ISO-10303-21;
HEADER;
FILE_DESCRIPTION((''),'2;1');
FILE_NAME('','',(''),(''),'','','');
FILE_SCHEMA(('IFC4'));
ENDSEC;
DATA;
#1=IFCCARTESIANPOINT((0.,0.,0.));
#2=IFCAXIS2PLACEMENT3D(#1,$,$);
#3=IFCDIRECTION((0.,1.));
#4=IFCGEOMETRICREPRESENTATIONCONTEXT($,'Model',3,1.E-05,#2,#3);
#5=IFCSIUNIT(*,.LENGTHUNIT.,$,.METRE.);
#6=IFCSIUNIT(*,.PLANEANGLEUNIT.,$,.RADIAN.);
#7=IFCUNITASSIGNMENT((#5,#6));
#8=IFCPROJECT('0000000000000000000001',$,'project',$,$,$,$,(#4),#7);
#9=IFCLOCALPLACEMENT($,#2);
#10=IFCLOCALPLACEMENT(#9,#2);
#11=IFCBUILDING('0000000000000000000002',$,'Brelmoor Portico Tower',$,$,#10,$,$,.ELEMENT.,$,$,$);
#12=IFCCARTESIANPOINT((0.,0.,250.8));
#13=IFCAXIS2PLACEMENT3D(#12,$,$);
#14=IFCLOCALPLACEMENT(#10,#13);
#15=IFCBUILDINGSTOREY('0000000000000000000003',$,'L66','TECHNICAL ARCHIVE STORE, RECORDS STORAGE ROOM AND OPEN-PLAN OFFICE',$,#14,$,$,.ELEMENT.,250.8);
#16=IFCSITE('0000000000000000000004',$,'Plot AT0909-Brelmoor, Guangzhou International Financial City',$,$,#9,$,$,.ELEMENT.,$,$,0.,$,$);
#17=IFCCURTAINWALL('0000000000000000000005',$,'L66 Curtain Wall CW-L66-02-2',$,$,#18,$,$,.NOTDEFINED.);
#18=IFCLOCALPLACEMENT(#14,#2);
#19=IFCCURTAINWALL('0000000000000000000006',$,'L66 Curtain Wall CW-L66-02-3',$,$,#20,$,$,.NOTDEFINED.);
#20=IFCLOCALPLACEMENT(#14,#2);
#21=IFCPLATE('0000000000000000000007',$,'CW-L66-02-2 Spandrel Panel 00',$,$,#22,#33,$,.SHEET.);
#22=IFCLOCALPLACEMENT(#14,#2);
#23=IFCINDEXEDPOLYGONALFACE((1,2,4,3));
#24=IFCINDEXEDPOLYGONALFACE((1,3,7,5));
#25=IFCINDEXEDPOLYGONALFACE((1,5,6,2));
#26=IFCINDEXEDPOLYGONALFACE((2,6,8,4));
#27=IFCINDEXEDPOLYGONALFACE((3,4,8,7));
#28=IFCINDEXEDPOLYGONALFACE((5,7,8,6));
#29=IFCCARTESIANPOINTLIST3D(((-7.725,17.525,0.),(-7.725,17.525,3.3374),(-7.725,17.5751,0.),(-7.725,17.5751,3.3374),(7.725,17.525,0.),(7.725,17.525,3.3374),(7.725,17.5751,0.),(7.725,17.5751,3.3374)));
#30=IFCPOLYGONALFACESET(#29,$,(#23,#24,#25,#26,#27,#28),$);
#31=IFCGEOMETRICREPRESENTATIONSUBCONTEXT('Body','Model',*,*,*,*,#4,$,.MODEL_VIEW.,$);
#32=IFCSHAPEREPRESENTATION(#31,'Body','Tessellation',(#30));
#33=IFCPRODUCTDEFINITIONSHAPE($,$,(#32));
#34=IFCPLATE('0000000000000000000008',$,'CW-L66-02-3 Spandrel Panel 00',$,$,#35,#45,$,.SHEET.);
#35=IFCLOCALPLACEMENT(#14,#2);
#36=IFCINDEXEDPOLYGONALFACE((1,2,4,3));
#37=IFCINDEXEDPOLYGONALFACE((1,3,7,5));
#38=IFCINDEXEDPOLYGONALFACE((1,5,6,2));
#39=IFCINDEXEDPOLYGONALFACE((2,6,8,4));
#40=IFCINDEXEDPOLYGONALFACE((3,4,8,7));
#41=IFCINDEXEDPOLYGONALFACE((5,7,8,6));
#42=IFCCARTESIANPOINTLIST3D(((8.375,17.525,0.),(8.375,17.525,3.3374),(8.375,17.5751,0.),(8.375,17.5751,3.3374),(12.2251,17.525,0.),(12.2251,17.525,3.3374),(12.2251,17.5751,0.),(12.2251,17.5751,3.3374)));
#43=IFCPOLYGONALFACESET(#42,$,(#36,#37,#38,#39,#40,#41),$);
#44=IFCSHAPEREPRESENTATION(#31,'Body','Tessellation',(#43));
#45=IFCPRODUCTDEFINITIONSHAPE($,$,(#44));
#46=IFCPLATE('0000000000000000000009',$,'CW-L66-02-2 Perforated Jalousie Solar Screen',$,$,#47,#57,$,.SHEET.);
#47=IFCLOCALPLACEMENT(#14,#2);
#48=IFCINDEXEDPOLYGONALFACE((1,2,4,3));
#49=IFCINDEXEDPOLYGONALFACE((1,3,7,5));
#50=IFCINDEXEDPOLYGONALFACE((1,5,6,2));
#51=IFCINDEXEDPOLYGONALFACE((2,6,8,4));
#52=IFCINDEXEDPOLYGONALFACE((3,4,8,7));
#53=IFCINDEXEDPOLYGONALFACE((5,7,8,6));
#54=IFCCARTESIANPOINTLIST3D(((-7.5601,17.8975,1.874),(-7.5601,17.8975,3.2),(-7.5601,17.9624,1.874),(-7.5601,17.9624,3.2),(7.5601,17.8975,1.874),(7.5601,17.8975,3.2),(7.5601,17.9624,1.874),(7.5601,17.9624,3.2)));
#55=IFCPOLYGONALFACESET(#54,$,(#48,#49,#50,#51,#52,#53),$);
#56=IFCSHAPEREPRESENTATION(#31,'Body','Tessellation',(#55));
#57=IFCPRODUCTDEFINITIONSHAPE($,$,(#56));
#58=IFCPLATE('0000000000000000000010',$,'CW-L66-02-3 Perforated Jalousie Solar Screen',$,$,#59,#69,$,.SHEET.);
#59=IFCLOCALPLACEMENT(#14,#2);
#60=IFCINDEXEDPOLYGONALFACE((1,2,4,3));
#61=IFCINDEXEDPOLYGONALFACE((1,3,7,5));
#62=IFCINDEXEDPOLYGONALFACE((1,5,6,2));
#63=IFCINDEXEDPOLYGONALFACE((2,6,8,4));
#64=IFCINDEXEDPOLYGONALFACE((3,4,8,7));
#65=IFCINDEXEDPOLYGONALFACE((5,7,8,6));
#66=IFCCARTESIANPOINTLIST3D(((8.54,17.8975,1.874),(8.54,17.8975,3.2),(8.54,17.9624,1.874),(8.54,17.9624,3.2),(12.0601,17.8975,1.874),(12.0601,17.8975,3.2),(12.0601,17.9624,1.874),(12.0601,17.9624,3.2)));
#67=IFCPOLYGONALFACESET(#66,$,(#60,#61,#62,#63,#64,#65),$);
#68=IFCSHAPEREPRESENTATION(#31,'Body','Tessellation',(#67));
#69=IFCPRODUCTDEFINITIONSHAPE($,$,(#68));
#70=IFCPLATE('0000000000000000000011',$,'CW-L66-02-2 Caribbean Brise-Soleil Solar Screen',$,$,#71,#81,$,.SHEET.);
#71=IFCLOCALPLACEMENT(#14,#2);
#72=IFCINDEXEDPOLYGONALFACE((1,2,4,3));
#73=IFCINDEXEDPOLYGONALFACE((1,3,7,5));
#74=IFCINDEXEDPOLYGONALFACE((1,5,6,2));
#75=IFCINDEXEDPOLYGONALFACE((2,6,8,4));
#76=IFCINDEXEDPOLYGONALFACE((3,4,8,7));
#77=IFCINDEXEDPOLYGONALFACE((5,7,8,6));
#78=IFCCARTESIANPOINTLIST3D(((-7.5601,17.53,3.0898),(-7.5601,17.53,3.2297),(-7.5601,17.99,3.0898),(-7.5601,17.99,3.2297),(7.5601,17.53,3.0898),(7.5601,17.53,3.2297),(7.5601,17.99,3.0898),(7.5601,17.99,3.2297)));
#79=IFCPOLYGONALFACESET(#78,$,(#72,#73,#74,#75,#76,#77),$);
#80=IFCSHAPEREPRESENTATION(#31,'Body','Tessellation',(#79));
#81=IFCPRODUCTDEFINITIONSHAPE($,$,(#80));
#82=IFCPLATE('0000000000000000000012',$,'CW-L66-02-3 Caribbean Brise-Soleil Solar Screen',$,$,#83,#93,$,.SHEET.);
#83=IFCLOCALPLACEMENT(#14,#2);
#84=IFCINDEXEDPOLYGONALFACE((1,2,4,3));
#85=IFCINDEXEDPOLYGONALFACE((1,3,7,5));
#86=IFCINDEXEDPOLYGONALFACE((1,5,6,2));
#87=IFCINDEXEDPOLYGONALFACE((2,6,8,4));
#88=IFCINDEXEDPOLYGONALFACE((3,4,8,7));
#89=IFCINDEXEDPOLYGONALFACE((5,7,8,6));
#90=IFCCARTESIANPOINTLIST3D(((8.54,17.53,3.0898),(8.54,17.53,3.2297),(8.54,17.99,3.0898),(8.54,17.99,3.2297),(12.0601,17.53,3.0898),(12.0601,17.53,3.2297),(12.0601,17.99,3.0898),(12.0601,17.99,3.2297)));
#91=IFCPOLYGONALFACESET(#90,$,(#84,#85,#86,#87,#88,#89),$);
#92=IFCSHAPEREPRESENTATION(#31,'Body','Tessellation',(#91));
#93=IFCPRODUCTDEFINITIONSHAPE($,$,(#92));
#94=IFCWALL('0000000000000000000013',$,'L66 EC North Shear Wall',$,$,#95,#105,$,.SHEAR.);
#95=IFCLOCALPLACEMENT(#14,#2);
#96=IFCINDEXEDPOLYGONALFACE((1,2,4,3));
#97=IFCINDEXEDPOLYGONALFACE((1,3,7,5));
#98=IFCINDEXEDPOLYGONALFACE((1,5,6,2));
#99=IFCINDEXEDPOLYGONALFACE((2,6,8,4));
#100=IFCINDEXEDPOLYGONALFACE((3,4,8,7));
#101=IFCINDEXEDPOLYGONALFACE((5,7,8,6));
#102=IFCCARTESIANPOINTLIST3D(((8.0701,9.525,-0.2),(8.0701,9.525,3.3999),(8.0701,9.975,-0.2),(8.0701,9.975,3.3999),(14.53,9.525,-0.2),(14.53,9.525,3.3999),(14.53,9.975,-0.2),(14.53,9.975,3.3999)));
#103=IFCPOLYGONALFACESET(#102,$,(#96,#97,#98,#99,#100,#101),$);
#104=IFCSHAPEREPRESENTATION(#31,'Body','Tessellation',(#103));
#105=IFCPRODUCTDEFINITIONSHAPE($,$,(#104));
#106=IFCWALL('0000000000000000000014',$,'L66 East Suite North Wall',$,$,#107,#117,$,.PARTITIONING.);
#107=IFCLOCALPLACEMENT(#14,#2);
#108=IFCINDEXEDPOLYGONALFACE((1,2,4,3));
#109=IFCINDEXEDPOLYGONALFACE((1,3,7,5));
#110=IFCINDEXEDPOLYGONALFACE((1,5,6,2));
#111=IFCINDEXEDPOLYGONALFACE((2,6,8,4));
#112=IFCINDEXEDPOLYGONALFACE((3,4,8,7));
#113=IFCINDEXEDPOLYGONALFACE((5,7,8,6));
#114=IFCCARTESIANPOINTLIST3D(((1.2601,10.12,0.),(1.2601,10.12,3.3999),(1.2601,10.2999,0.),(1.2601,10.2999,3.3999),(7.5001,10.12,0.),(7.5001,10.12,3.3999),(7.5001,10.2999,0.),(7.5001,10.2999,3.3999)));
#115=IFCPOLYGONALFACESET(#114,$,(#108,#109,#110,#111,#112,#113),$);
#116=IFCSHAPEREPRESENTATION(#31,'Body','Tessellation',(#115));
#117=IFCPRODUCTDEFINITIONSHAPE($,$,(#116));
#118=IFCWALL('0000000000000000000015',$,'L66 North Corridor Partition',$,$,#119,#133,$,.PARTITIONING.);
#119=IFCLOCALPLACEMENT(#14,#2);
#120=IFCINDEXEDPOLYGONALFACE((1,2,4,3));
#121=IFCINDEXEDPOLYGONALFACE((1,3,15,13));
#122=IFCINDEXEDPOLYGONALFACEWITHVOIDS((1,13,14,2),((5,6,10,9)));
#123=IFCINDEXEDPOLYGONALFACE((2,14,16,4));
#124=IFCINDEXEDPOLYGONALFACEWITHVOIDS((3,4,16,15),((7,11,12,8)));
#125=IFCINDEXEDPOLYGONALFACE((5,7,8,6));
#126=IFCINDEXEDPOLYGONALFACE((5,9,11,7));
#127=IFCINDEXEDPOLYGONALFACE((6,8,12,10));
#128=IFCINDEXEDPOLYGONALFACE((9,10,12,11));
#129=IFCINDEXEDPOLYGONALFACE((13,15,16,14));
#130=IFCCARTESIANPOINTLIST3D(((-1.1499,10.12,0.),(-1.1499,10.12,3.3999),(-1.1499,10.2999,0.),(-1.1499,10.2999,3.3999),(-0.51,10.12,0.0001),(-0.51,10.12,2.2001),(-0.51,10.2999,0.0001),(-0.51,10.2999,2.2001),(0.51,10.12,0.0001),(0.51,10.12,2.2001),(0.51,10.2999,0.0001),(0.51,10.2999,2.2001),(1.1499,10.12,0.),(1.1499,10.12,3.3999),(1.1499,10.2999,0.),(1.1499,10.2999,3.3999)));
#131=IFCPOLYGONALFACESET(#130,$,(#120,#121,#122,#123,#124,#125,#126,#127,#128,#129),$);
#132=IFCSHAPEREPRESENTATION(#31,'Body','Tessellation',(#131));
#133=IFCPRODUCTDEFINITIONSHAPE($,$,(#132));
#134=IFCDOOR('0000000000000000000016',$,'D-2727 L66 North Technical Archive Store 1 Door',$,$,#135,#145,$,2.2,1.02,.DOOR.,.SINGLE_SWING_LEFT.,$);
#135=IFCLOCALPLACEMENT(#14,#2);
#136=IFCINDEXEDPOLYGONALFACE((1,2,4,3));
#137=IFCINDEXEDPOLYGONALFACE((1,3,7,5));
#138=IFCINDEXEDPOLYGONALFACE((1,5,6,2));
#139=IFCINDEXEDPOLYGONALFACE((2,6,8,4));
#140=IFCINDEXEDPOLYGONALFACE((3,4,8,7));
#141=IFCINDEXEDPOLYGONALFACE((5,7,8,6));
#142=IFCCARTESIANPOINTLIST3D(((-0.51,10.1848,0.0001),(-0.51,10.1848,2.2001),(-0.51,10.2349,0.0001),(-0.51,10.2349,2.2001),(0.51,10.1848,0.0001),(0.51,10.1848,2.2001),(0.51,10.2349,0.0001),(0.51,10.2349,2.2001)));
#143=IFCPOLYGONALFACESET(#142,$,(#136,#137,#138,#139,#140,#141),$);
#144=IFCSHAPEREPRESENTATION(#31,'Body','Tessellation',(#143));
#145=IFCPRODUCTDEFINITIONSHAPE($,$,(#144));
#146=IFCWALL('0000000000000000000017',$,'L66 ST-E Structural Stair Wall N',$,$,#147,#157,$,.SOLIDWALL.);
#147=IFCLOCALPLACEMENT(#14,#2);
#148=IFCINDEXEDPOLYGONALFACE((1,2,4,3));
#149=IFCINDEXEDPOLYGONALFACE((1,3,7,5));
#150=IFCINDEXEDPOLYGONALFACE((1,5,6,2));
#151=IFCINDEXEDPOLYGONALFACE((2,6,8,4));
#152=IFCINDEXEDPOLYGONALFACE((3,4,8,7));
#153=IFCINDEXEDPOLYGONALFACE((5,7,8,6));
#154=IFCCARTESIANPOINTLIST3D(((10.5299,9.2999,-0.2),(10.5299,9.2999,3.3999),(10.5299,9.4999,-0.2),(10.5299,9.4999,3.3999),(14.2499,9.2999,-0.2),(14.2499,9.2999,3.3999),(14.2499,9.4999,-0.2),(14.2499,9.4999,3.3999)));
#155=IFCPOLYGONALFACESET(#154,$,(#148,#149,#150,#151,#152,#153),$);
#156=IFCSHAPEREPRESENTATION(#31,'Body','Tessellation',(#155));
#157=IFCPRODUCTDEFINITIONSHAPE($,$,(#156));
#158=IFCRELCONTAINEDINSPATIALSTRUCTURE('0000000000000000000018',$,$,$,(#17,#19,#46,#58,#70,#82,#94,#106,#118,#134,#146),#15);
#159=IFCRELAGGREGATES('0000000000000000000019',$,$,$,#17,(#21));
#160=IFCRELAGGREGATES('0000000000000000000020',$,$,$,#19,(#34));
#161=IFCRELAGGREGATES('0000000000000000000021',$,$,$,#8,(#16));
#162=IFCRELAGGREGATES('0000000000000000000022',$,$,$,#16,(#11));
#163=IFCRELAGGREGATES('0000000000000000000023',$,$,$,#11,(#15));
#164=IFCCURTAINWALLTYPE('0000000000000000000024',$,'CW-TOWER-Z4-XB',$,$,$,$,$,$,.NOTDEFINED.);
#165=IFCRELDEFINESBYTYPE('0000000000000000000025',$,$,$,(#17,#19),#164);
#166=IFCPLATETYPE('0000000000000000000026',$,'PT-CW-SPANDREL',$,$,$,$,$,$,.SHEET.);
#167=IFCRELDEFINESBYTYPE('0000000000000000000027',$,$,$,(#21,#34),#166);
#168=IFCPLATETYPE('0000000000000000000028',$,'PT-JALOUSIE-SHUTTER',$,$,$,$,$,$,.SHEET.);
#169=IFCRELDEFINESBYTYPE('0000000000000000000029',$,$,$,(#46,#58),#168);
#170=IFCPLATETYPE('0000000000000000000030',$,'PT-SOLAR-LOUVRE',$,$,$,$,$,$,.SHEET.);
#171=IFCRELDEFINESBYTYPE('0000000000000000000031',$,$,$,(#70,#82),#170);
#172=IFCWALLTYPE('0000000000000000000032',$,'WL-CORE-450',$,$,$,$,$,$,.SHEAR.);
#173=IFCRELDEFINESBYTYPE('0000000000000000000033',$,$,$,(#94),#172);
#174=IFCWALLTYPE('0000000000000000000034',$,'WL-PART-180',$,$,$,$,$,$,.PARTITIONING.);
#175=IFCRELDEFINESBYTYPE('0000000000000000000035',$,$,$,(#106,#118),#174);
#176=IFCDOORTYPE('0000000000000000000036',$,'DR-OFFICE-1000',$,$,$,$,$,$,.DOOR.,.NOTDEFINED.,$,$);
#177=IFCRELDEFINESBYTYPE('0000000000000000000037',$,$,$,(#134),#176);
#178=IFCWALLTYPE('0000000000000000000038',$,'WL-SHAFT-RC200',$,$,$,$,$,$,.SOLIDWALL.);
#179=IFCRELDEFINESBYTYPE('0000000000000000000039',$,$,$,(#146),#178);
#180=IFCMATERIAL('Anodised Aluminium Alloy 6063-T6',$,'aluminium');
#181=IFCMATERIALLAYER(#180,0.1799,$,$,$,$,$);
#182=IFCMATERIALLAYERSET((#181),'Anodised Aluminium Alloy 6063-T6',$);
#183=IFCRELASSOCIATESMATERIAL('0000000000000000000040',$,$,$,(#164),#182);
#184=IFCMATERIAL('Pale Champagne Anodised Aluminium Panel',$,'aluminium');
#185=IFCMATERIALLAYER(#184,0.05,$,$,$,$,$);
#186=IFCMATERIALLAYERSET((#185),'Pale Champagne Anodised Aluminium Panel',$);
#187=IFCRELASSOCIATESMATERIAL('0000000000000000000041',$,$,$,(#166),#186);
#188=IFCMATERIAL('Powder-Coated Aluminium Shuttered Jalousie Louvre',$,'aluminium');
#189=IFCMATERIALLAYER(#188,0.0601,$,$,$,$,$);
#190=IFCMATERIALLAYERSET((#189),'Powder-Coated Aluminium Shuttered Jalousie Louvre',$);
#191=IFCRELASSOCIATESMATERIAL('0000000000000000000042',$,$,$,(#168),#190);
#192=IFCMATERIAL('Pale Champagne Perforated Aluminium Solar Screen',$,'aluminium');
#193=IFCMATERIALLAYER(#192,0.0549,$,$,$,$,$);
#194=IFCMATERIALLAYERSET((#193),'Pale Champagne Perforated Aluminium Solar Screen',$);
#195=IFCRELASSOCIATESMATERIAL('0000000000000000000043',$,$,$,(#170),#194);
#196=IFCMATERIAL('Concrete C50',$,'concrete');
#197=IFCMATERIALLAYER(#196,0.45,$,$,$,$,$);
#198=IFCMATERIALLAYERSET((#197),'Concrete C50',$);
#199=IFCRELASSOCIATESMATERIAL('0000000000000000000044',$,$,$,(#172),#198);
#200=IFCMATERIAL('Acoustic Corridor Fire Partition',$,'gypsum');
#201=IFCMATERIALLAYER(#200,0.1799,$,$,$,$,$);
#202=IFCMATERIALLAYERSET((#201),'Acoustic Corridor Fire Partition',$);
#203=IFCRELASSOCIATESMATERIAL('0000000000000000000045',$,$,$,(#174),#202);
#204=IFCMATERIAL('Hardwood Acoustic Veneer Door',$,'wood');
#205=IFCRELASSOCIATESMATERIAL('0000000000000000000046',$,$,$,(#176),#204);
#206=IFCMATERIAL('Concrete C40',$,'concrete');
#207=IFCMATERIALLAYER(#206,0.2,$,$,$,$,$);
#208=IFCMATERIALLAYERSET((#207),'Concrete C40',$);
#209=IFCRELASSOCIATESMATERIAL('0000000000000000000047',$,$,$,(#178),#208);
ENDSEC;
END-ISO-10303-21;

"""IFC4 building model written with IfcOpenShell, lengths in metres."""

from ifc_helpers import new_model, si_unit, direction, frame, frame_2d, origin, origin_2d, place, context, subcontext, project, spatial, rectangle, extrude, material, layer, layer_set, type_object, element, fill, aggregate, save


model = new_model("IFC4")

# Units and contexts
model_context = context("Model", 3, precision=1e-05, world=origin(), true_north=direction((0.0, 1.0)))
body_context = subcontext(model_context, "Body", "Model", "MODEL_VIEW")
ifc_project = project(units=[si_unit("LENGTHUNIT", "METRE"), si_unit("PLANEANGLEUNIT", "RADIAN")], contexts=[model_context])

# Site, building, storey
site_placement = place(None, origin())
site = spatial("IfcSite", under=ifc_project, at=site_placement, Name="Plot AT0909-Brelmoor, Guangzhou International Financial City", CompositionType="ELEMENT", RefElevation=0.0)
building_placement = place(site_placement, origin())
building = spatial("IfcBuilding", under=site, at=building_placement, Name="Brelmoor Portico Tower", CompositionType="ELEMENT")
storey_placement = place(building_placement, frame((0.0, 0.0, 250.8)))
storey = spatial("IfcBuildingStorey", under=building, at=storey_placement, Name="L66", Description="TECHNICAL ARCHIVE STORE, RECORDS STORAGE ROOM AND OPEN-PLAN OFFICE", CompositionType="ELEMENT", Elevation=250.8)

# Curtain wall
ifc_material_1 = material(Name="Anodised Aluminium Alloy 6063-T6", Category="aluminium")
ifc_layer_1 = layer(ifc_material_1, 0.1799)
ifc_layer_set_1 = layer_set([ifc_layer_1], Name="Anodised Aluminium Alloy 6063-T6")
curtain_wall_type = type_object("IfcCurtainWallType", Name="CW-TOWER-Z4-XB", PredefinedType="NOTDEFINED", material=ifc_layer_set_1)
curtain_wall_1_placement = place(storey_placement, origin())
curtain_wall_1 = element("IfcCurtainWall", 1, at=curtain_wall_1_placement, inside=storey, type_object=curtain_wall_type, Name="L66 Curtain Wall CW-L66-02-2", PredefinedType="NOTDEFINED")

# Curtain wall
curtain_wall_2_placement = place(storey_placement, origin())
curtain_wall_2 = element("IfcCurtainWall", 2, at=curtain_wall_2_placement, inside=storey, type_object=curtain_wall_type, Name="L66 Curtain Wall CW-L66-02-3", PredefinedType="NOTDEFINED")

# Plates
ifc_material_2 = material(Name="Pale Champagne Anodised Aluminium Panel", Category="aluminium")
ifc_layer_2 = layer(ifc_material_2, 0.05)
ifc_layer_set_2 = layer_set([ifc_layer_2], Name="Pale Champagne Anodised Aluminium Panel")
plate_type_1 = type_object("IfcPlateType", Name="PT-CW-SPANDREL", PredefinedType="SHEET", material=ifc_layer_set_2)
plate_1_placement = place(storey_placement, frame((0.0, 17.55, 0.0), z_axis=(0.0, 0.0, 1.0), x_axis=(1.0, 0.0, 0.0)))
plate_1 = element("IfcPlate", 3, at=plate_1_placement, type_object=plate_type_1, Name="CW-L66-02-2 Spandrel Panel 00", PredefinedType="SHEET", context=body_context, shape_type="SweptSolid", body=[
    extrude(rectangle(XDim=15.45, YDim=0.05, at=origin_2d()), origin(), (0.0, 0.0, 1.0), 3.3374),
])
aggregate(curtain_wall_1, [plate_1])
plate_2_placement = place(storey_placement, frame((10.3, 17.55, 0.0), z_axis=(0.0, 0.0, 1.0), x_axis=(1.0, 0.0, 0.0)))
plate_2 = element("IfcPlate", 4, at=plate_2_placement, type_object=plate_type_1, Name="CW-L66-02-3 Spandrel Panel 00", PredefinedType="SHEET", context=body_context, shape_type="SweptSolid", body=[
    extrude(rectangle(XDim=3.8501, YDim=0.05, at=origin_2d()), origin(), (0.0, 0.0, 1.0), 3.3374),
])
aggregate(curtain_wall_2, [plate_2])

# Plates
ifc_material_3 = material(Name="Powder-Coated Aluminium Shuttered Jalousie Louvre", Category="aluminium")
ifc_layer_3 = layer(ifc_material_3, 0.0601)
ifc_layer_set_3 = layer_set([ifc_layer_3], Name="Powder-Coated Aluminium Shuttered Jalousie Louvre")
plate_type_2 = type_object("IfcPlateType", Name="PT-JALOUSIE-SHUTTER", PredefinedType="SHEET", material=ifc_layer_set_3)
plate_3_placement = place(storey_placement, frame((0.0, 17.9299, 1.874), z_axis=(0.0, 0.0, 1.0), x_axis=(1.0, 0.0, 0.0)))
element("IfcPlate", 5, at=plate_3_placement, inside=storey, type_object=plate_type_2, Name="CW-L66-02-2 Perforated Jalousie Solar Screen", PredefinedType="SHEET", context=body_context, shape_type="SweptSolid", body=[
    extrude(rectangle(XDim=15.1201, YDim=0.0649, at=origin_2d()), origin(), (0.0, 0.0, 1.0), 1.3259),
])
plate_4_placement = place(storey_placement, frame((10.3, 17.9299, 1.874), z_axis=(0.0, 0.0, 1.0), x_axis=(1.0, 0.0, 0.0)))
element("IfcPlate", 6, at=plate_4_placement, inside=storey, type_object=plate_type_2, Name="CW-L66-02-3 Perforated Jalousie Solar Screen", PredefinedType="SHEET", context=body_context, shape_type="SweptSolid", body=[
    extrude(rectangle(XDim=3.52, YDim=0.0649, at=origin_2d()), origin(), (0.0, 0.0, 1.0), 1.3259),
])
ifc_material_4 = material(Name="Pale Champagne Perforated Aluminium Solar Screen", Category="aluminium")
ifc_layer_4 = layer(ifc_material_4, 0.0549)
ifc_layer_set_4 = layer_set([ifc_layer_4], Name="Pale Champagne Perforated Aluminium Solar Screen")
plate_type_3 = type_object("IfcPlateType", Name="PT-SOLAR-LOUVRE", PredefinedType="SHEET", material=ifc_layer_set_4)
plate_5_placement = place(storey_placement, frame((0.0, 17.76, 3.0898), z_axis=(0.0, 0.0, 1.0), x_axis=(1.0, 0.0, 0.0)))
element("IfcPlate", 7, at=plate_5_placement, inside=storey, type_object=plate_type_3, Name="CW-L66-02-2 Caribbean Brise-Soleil Solar Screen", PredefinedType="SHEET", context=body_context, shape_type="SweptSolid", body=[
    extrude(rectangle(XDim=15.1201, YDim=0.46, at=origin_2d()), origin(), (0.0, 0.0, 1.0), 0.1399),
])
plate_6_placement = place(storey_placement, frame((10.3, 17.76, 3.0898), z_axis=(0.0, 0.0, 1.0), x_axis=(1.0, 0.0, 0.0)))
element("IfcPlate", 8, at=plate_6_placement, inside=storey, type_object=plate_type_3, Name="CW-L66-02-3 Caribbean Brise-Soleil Solar Screen", PredefinedType="SHEET", context=body_context, shape_type="SweptSolid", body=[
    extrude(rectangle(XDim=3.52, YDim=0.46, at=origin_2d()), origin(), (0.0, 0.0, 1.0), 0.1399),
])

# Walls
ifc_material_5 = material(Name="Concrete C50", Category="concrete")
ifc_layer_5 = layer(ifc_material_5, 0.45)
ifc_layer_set_5 = layer_set([ifc_layer_5], Name="Concrete C50")
wall_type_1 = type_object("IfcWallType", Name="WL-CORE-450", PredefinedType="SHEAR", material=ifc_layer_set_5)
wall_1_placement = place(storey_placement, frame((8.0701, 9.75, -0.2), z_axis=(0.0, 0.0, 1.0), x_axis=(1.0, 0.0, 0.0)))
element("IfcWall", 9, at=wall_1_placement, inside=storey, type_object=wall_type_1, Name="L66 EC North Shear Wall", PredefinedType="SHEAR", context=body_context, shape_type="SweptSolid", body=[
    extrude(rectangle(XDim=6.46, YDim=0.45, at=frame_2d((3.23, 0.0))), origin(), (0.0, 0.0, 1.0), 3.5999),
])
ifc_material_6 = material(Name="Acoustic Corridor Fire Partition", Category="gypsum")
ifc_layer_6 = layer(ifc_material_6, 0.1799)
ifc_layer_set_6 = layer_set([ifc_layer_6], Name="Acoustic Corridor Fire Partition")
wall_type_2 = type_object("IfcWallType", Name="WL-PART-180", PredefinedType="PARTITIONING", material=ifc_layer_set_6)
wall_2_placement = place(storey_placement, frame((1.26, 10.21, 0.0), z_axis=(0.0, 0.0, 1.0), x_axis=(1.0, 0.0, 0.0)))
element("IfcWall", 10, at=wall_2_placement, inside=storey, type_object=wall_type_2, Name="L66 East Suite North Wall", PredefinedType="PARTITIONING", context=body_context, shape_type="SweptSolid", body=[
    extrude(rectangle(XDim=6.24, YDim=0.1799, at=frame_2d((3.1201, 0.0))), origin(), (0.0, 0.0, 1.0), 3.3999),
])

# Wall, opening, door
wall_3_placement = place(storey_placement, frame((-1.1499, 10.21, 0.0), z_axis=(0.0, 0.0, 1.0), x_axis=(1.0, 0.0, 0.0)))
wall_3 = element("IfcWall", 11, at=wall_3_placement, inside=storey, type_object=wall_type_2, Name="L66 North Corridor Partition", PredefinedType="PARTITIONING", context=body_context, shape_type="SweptSolid", body=[
    extrude(rectangle(XDim=2.2998, YDim=0.1799, at=frame_2d((1.1499, 0.0))), origin(), (0.0, 0.0, 1.0), 3.3999),
])
opening_placement = place(wall_3_placement, frame((0.6399, 0.0, 0.0)))
opening = element("IfcOpeningElement", 12, at=opening_placement, cuts=wall_3, PredefinedType="OPENING", context=body_context, shape_type="SweptSolid", body=[
    extrude(rectangle(XDim=1.02, YDim=2.2, at=frame_2d((0.51, 1.1001))), frame((0.0, 0.0999, 0.0), z_axis=(0.0, -1.0, 0.0), x_axis=(1.0, 0.0, 0.0)), (0.0, 0.0, 1.0), 0.2),
])
ifc_material_7 = material(Name="Hardwood Acoustic Veneer Door", Category="wood")
door_type = type_object("IfcDoorType", Name="DR-OFFICE-1000", OperationType="NOTDEFINED", PredefinedType="DOOR", material=ifc_material_7)
door_placement = place(opening_placement, origin())
door = element("IfcDoor", 13, at=door_placement, inside=storey, type_object=door_type, Name="D-2727 L66 North Technical Archive Store 1 Door", OperationType="SINGLE_SWING_LEFT", OverallHeight=2.2, OverallWidth=1.02, PredefinedType="DOOR", context=body_context, shape_type="SweptSolid", body=[
    extrude(rectangle(XDim=1.02, YDim=2.2, at=frame_2d((0.51, 1.1001))), frame((0.0, 0.0249, 0.0), z_axis=(0.0, -1.0, 0.0), x_axis=(1.0, 0.0, 0.0)), (0.0, 0.0, 1.0), 0.05),
])
fill(opening, door)

# Wall
ifc_material_8 = material(Name="Concrete C40", Category="concrete")
ifc_layer_7 = layer(ifc_material_8, 0.2)
ifc_layer_set_7 = layer_set([ifc_layer_7], Name="Concrete C40")
wall_type_3 = type_object("IfcWallType", Name="WL-SHAFT-RC200", PredefinedType="SOLIDWALL", material=ifc_layer_set_7)
wall_4_placement = place(storey_placement, frame((10.53, 9.3999, -0.2), z_axis=(0.0, 0.0, 1.0), x_axis=(1.0, 0.0, 0.0)))
element("IfcWall", 14, at=wall_4_placement, inside=storey, type_object=wall_type_3, Name="L66 ST-E Structural Stair Wall N", PredefinedType="SOLIDWALL", context=body_context, shape_type="SweptSolid", body=[
    extrude(rectangle(XDim=3.72, YDim=0.2, at=frame_2d((1.8599, 0.0))), origin(), (0.0, 0.0, 1.0), 3.5999),
])

save(model, "model.ifc")
